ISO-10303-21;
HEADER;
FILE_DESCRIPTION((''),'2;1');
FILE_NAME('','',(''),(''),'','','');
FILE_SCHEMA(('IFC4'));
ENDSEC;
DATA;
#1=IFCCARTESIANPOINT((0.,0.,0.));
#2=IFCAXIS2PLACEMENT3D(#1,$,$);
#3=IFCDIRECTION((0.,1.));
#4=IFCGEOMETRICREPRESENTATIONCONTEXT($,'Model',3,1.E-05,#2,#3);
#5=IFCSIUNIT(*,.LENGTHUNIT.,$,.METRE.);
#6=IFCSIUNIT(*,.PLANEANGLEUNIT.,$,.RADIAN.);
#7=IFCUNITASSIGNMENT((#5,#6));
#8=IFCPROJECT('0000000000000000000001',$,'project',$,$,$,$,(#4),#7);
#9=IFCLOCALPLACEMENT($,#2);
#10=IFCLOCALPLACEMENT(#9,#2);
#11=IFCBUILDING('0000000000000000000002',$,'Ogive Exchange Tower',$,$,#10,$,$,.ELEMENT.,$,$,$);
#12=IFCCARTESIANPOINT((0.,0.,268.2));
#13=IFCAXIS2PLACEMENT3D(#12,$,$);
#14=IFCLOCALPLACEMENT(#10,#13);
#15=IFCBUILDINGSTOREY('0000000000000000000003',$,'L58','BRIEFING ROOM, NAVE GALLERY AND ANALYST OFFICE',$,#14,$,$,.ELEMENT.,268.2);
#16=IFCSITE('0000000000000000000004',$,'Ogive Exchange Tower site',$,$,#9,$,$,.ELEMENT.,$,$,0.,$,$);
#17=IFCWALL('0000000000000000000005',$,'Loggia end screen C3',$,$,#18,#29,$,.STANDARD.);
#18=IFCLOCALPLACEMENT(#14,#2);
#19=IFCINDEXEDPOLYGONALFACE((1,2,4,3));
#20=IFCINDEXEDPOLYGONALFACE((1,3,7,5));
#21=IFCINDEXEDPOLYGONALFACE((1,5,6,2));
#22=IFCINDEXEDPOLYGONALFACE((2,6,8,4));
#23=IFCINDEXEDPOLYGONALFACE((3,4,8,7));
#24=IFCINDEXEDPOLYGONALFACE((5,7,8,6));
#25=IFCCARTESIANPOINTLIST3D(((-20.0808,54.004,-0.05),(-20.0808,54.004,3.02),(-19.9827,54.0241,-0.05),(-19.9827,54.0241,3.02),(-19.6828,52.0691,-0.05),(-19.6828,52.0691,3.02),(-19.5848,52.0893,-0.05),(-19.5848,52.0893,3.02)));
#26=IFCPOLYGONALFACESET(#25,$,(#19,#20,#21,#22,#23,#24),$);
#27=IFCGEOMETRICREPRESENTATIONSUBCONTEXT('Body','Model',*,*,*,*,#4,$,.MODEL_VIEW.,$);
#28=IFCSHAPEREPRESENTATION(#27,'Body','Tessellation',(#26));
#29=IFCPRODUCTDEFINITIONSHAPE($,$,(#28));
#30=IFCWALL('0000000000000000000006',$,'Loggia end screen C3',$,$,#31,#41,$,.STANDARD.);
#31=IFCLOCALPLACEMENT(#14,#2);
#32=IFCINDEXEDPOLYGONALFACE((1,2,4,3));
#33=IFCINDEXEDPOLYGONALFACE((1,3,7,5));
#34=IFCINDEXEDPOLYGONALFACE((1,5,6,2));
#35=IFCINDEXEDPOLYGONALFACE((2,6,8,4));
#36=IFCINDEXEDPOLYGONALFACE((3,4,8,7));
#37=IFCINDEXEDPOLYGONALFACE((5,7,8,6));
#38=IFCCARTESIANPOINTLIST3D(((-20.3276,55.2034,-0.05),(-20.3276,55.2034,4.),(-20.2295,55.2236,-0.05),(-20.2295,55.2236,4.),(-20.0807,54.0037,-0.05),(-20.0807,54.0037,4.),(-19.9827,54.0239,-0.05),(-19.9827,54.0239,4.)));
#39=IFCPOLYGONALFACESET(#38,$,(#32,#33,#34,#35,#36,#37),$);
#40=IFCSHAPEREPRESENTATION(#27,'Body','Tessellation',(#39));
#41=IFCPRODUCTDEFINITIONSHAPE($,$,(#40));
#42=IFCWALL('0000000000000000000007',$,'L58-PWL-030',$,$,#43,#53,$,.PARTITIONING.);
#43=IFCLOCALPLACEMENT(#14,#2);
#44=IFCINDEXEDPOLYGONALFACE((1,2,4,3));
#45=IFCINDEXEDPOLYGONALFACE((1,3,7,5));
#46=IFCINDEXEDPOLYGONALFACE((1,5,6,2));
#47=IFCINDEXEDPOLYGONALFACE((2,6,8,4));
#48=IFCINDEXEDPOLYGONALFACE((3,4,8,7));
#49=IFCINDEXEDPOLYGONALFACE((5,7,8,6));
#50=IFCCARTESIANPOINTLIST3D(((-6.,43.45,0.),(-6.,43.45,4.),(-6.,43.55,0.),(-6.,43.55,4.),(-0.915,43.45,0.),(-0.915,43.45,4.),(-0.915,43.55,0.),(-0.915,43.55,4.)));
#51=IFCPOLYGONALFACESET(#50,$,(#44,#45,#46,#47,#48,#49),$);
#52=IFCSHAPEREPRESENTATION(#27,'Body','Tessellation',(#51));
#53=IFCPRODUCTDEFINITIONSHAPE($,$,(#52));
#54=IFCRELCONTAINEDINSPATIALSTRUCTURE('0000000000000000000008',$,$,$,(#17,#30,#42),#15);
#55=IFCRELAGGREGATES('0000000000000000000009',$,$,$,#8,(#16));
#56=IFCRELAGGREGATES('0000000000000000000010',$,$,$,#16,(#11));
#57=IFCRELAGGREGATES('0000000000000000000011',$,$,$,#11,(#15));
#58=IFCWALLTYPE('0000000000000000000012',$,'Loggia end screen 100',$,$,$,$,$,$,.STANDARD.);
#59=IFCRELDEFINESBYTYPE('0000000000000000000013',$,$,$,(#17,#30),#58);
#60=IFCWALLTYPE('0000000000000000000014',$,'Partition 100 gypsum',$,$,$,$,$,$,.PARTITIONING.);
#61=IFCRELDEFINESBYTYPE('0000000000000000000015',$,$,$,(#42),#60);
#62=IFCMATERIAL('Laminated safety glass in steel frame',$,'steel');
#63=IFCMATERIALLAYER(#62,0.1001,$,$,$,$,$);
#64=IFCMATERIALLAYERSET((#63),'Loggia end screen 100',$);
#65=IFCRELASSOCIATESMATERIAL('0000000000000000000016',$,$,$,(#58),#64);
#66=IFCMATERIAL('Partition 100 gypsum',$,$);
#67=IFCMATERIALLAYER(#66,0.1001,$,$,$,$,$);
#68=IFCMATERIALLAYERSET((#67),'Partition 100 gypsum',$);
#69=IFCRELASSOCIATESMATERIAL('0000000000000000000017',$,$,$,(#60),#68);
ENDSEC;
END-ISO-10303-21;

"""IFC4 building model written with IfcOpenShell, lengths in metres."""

from ifc_helpers import new_model, si_unit, direction, frame, frame_2d, origin, place, context, subcontext, project, spatial, rectangle, extrude, material, layer, layer_set, type_object, element, save


model = new_model("IFC4")

# Units and contexts
model_context = context("Model", 3, precision=1e-05, world=origin(), true_north=direction((0.0, 1.0)))
body_context = subcontext(model_context, "Body", "Model", "MODEL_VIEW")
ifc_project = project(units=[si_unit("LENGTHUNIT", "METRE"), si_unit("PLANEANGLEUNIT", "RADIAN")], contexts=[model_context])

# Site, building, storey
site_placement = place(None, origin())
site = spatial("IfcSite", under=ifc_project, at=site_placement, Name="Ogive Exchange Tower site", CompositionType="ELEMENT", RefElevation=0.0)
building_placement = place(site_placement, origin())
building = spatial("IfcBuilding", under=site, at=building_placement, Name="Ogive Exchange Tower", CompositionType="ELEMENT")
storey_placement = place(building_placement, frame((0.0, 0.0, 268.2)))
storey = spatial("IfcBuildingStorey", under=building, at=storey_placement, Name="L58", Description="BRIEFING ROOM, NAVE GALLERY AND ANALYST OFFICE", CompositionType="ELEMENT", Elevation=268.2)

# Walls
ifc_material_1 = material(Name="Laminated safety glass in steel frame", Category="steel")
ifc_layer_1 = layer(ifc_material_1, 0.1001)
ifc_layer_set_1 = layer_set([ifc_layer_1], Name="Loggia end screen 100")
wall_type_1 = type_object("IfcWallType", Name="Loggia end screen 100", PredefinedType="STANDARD", material=ifc_layer_set_1)
wall_1_placement = place(storey_placement, frame((-19.6338, 52.0791, -0.05), z_axis=(0.0, 0.0, 1.0), x_axis=(-0.201461, 0.979497, 0.0)))
element("IfcWall", 1, at=wall_1_placement, inside=storey, type_object=wall_type_1, Name="Loggia end screen C3", PredefinedType="STANDARD", context=body_context, shape_type="SweptSolid", body=[
    extrude(rectangle(XDim=1.9753, YDim=0.1001, at=frame_2d((0.9878, 0.0))), origin(), (0.0, 0.0, 1.0), 3.0701),
])
wall_2_placement = place(storey_placement, frame((-20.0317, 54.0139, -0.05), z_axis=(0.0, 0.0, 1.0), x_axis=(-0.201518, 0.979485, 0.0)))
element("IfcWall", 2, at=wall_2_placement, inside=storey, type_object=wall_type_1, Name="Loggia end screen C3", PredefinedType="STANDARD", context=body_context, shape_type="SweptSolid", body=[
    extrude(rectangle(XDim=1.2249, YDim=0.1001, at=frame_2d((0.6123, 0.0))), origin(), (0.0, 0.0, 1.0), 4.05),
])
ifc_material_2 = material(Name="Partition 100 gypsum")
ifc_layer_2 = layer(ifc_material_2, 0.1001)
ifc_layer_set_2 = layer_set([ifc_layer_2], Name="Partition 100 gypsum")
wall_type_2 = type_object("IfcWallType", Name="Partition 100 gypsum", PredefinedType="PARTITIONING", material=ifc_layer_set_2)
wall_3_placement = place(storey_placement, frame((-6.0, 43.5, 0.0), z_axis=(0.0, 0.0, 1.0), x_axis=(1.0, 0.0, 0.0)))
element("IfcWall", 3, at=wall_3_placement, inside=storey, type_object=wall_type_2, Name="L58-PWL-030", PredefinedType="PARTITIONING", context=body_context, shape_type="SweptSolid", body=[
    extrude(rectangle(XDim=5.085, YDim=0.1001, at=frame_2d((2.5425, 0.0))), origin(), (0.0, 0.0, 1.0), 4.0),
])

save(model, "model.ifc")
